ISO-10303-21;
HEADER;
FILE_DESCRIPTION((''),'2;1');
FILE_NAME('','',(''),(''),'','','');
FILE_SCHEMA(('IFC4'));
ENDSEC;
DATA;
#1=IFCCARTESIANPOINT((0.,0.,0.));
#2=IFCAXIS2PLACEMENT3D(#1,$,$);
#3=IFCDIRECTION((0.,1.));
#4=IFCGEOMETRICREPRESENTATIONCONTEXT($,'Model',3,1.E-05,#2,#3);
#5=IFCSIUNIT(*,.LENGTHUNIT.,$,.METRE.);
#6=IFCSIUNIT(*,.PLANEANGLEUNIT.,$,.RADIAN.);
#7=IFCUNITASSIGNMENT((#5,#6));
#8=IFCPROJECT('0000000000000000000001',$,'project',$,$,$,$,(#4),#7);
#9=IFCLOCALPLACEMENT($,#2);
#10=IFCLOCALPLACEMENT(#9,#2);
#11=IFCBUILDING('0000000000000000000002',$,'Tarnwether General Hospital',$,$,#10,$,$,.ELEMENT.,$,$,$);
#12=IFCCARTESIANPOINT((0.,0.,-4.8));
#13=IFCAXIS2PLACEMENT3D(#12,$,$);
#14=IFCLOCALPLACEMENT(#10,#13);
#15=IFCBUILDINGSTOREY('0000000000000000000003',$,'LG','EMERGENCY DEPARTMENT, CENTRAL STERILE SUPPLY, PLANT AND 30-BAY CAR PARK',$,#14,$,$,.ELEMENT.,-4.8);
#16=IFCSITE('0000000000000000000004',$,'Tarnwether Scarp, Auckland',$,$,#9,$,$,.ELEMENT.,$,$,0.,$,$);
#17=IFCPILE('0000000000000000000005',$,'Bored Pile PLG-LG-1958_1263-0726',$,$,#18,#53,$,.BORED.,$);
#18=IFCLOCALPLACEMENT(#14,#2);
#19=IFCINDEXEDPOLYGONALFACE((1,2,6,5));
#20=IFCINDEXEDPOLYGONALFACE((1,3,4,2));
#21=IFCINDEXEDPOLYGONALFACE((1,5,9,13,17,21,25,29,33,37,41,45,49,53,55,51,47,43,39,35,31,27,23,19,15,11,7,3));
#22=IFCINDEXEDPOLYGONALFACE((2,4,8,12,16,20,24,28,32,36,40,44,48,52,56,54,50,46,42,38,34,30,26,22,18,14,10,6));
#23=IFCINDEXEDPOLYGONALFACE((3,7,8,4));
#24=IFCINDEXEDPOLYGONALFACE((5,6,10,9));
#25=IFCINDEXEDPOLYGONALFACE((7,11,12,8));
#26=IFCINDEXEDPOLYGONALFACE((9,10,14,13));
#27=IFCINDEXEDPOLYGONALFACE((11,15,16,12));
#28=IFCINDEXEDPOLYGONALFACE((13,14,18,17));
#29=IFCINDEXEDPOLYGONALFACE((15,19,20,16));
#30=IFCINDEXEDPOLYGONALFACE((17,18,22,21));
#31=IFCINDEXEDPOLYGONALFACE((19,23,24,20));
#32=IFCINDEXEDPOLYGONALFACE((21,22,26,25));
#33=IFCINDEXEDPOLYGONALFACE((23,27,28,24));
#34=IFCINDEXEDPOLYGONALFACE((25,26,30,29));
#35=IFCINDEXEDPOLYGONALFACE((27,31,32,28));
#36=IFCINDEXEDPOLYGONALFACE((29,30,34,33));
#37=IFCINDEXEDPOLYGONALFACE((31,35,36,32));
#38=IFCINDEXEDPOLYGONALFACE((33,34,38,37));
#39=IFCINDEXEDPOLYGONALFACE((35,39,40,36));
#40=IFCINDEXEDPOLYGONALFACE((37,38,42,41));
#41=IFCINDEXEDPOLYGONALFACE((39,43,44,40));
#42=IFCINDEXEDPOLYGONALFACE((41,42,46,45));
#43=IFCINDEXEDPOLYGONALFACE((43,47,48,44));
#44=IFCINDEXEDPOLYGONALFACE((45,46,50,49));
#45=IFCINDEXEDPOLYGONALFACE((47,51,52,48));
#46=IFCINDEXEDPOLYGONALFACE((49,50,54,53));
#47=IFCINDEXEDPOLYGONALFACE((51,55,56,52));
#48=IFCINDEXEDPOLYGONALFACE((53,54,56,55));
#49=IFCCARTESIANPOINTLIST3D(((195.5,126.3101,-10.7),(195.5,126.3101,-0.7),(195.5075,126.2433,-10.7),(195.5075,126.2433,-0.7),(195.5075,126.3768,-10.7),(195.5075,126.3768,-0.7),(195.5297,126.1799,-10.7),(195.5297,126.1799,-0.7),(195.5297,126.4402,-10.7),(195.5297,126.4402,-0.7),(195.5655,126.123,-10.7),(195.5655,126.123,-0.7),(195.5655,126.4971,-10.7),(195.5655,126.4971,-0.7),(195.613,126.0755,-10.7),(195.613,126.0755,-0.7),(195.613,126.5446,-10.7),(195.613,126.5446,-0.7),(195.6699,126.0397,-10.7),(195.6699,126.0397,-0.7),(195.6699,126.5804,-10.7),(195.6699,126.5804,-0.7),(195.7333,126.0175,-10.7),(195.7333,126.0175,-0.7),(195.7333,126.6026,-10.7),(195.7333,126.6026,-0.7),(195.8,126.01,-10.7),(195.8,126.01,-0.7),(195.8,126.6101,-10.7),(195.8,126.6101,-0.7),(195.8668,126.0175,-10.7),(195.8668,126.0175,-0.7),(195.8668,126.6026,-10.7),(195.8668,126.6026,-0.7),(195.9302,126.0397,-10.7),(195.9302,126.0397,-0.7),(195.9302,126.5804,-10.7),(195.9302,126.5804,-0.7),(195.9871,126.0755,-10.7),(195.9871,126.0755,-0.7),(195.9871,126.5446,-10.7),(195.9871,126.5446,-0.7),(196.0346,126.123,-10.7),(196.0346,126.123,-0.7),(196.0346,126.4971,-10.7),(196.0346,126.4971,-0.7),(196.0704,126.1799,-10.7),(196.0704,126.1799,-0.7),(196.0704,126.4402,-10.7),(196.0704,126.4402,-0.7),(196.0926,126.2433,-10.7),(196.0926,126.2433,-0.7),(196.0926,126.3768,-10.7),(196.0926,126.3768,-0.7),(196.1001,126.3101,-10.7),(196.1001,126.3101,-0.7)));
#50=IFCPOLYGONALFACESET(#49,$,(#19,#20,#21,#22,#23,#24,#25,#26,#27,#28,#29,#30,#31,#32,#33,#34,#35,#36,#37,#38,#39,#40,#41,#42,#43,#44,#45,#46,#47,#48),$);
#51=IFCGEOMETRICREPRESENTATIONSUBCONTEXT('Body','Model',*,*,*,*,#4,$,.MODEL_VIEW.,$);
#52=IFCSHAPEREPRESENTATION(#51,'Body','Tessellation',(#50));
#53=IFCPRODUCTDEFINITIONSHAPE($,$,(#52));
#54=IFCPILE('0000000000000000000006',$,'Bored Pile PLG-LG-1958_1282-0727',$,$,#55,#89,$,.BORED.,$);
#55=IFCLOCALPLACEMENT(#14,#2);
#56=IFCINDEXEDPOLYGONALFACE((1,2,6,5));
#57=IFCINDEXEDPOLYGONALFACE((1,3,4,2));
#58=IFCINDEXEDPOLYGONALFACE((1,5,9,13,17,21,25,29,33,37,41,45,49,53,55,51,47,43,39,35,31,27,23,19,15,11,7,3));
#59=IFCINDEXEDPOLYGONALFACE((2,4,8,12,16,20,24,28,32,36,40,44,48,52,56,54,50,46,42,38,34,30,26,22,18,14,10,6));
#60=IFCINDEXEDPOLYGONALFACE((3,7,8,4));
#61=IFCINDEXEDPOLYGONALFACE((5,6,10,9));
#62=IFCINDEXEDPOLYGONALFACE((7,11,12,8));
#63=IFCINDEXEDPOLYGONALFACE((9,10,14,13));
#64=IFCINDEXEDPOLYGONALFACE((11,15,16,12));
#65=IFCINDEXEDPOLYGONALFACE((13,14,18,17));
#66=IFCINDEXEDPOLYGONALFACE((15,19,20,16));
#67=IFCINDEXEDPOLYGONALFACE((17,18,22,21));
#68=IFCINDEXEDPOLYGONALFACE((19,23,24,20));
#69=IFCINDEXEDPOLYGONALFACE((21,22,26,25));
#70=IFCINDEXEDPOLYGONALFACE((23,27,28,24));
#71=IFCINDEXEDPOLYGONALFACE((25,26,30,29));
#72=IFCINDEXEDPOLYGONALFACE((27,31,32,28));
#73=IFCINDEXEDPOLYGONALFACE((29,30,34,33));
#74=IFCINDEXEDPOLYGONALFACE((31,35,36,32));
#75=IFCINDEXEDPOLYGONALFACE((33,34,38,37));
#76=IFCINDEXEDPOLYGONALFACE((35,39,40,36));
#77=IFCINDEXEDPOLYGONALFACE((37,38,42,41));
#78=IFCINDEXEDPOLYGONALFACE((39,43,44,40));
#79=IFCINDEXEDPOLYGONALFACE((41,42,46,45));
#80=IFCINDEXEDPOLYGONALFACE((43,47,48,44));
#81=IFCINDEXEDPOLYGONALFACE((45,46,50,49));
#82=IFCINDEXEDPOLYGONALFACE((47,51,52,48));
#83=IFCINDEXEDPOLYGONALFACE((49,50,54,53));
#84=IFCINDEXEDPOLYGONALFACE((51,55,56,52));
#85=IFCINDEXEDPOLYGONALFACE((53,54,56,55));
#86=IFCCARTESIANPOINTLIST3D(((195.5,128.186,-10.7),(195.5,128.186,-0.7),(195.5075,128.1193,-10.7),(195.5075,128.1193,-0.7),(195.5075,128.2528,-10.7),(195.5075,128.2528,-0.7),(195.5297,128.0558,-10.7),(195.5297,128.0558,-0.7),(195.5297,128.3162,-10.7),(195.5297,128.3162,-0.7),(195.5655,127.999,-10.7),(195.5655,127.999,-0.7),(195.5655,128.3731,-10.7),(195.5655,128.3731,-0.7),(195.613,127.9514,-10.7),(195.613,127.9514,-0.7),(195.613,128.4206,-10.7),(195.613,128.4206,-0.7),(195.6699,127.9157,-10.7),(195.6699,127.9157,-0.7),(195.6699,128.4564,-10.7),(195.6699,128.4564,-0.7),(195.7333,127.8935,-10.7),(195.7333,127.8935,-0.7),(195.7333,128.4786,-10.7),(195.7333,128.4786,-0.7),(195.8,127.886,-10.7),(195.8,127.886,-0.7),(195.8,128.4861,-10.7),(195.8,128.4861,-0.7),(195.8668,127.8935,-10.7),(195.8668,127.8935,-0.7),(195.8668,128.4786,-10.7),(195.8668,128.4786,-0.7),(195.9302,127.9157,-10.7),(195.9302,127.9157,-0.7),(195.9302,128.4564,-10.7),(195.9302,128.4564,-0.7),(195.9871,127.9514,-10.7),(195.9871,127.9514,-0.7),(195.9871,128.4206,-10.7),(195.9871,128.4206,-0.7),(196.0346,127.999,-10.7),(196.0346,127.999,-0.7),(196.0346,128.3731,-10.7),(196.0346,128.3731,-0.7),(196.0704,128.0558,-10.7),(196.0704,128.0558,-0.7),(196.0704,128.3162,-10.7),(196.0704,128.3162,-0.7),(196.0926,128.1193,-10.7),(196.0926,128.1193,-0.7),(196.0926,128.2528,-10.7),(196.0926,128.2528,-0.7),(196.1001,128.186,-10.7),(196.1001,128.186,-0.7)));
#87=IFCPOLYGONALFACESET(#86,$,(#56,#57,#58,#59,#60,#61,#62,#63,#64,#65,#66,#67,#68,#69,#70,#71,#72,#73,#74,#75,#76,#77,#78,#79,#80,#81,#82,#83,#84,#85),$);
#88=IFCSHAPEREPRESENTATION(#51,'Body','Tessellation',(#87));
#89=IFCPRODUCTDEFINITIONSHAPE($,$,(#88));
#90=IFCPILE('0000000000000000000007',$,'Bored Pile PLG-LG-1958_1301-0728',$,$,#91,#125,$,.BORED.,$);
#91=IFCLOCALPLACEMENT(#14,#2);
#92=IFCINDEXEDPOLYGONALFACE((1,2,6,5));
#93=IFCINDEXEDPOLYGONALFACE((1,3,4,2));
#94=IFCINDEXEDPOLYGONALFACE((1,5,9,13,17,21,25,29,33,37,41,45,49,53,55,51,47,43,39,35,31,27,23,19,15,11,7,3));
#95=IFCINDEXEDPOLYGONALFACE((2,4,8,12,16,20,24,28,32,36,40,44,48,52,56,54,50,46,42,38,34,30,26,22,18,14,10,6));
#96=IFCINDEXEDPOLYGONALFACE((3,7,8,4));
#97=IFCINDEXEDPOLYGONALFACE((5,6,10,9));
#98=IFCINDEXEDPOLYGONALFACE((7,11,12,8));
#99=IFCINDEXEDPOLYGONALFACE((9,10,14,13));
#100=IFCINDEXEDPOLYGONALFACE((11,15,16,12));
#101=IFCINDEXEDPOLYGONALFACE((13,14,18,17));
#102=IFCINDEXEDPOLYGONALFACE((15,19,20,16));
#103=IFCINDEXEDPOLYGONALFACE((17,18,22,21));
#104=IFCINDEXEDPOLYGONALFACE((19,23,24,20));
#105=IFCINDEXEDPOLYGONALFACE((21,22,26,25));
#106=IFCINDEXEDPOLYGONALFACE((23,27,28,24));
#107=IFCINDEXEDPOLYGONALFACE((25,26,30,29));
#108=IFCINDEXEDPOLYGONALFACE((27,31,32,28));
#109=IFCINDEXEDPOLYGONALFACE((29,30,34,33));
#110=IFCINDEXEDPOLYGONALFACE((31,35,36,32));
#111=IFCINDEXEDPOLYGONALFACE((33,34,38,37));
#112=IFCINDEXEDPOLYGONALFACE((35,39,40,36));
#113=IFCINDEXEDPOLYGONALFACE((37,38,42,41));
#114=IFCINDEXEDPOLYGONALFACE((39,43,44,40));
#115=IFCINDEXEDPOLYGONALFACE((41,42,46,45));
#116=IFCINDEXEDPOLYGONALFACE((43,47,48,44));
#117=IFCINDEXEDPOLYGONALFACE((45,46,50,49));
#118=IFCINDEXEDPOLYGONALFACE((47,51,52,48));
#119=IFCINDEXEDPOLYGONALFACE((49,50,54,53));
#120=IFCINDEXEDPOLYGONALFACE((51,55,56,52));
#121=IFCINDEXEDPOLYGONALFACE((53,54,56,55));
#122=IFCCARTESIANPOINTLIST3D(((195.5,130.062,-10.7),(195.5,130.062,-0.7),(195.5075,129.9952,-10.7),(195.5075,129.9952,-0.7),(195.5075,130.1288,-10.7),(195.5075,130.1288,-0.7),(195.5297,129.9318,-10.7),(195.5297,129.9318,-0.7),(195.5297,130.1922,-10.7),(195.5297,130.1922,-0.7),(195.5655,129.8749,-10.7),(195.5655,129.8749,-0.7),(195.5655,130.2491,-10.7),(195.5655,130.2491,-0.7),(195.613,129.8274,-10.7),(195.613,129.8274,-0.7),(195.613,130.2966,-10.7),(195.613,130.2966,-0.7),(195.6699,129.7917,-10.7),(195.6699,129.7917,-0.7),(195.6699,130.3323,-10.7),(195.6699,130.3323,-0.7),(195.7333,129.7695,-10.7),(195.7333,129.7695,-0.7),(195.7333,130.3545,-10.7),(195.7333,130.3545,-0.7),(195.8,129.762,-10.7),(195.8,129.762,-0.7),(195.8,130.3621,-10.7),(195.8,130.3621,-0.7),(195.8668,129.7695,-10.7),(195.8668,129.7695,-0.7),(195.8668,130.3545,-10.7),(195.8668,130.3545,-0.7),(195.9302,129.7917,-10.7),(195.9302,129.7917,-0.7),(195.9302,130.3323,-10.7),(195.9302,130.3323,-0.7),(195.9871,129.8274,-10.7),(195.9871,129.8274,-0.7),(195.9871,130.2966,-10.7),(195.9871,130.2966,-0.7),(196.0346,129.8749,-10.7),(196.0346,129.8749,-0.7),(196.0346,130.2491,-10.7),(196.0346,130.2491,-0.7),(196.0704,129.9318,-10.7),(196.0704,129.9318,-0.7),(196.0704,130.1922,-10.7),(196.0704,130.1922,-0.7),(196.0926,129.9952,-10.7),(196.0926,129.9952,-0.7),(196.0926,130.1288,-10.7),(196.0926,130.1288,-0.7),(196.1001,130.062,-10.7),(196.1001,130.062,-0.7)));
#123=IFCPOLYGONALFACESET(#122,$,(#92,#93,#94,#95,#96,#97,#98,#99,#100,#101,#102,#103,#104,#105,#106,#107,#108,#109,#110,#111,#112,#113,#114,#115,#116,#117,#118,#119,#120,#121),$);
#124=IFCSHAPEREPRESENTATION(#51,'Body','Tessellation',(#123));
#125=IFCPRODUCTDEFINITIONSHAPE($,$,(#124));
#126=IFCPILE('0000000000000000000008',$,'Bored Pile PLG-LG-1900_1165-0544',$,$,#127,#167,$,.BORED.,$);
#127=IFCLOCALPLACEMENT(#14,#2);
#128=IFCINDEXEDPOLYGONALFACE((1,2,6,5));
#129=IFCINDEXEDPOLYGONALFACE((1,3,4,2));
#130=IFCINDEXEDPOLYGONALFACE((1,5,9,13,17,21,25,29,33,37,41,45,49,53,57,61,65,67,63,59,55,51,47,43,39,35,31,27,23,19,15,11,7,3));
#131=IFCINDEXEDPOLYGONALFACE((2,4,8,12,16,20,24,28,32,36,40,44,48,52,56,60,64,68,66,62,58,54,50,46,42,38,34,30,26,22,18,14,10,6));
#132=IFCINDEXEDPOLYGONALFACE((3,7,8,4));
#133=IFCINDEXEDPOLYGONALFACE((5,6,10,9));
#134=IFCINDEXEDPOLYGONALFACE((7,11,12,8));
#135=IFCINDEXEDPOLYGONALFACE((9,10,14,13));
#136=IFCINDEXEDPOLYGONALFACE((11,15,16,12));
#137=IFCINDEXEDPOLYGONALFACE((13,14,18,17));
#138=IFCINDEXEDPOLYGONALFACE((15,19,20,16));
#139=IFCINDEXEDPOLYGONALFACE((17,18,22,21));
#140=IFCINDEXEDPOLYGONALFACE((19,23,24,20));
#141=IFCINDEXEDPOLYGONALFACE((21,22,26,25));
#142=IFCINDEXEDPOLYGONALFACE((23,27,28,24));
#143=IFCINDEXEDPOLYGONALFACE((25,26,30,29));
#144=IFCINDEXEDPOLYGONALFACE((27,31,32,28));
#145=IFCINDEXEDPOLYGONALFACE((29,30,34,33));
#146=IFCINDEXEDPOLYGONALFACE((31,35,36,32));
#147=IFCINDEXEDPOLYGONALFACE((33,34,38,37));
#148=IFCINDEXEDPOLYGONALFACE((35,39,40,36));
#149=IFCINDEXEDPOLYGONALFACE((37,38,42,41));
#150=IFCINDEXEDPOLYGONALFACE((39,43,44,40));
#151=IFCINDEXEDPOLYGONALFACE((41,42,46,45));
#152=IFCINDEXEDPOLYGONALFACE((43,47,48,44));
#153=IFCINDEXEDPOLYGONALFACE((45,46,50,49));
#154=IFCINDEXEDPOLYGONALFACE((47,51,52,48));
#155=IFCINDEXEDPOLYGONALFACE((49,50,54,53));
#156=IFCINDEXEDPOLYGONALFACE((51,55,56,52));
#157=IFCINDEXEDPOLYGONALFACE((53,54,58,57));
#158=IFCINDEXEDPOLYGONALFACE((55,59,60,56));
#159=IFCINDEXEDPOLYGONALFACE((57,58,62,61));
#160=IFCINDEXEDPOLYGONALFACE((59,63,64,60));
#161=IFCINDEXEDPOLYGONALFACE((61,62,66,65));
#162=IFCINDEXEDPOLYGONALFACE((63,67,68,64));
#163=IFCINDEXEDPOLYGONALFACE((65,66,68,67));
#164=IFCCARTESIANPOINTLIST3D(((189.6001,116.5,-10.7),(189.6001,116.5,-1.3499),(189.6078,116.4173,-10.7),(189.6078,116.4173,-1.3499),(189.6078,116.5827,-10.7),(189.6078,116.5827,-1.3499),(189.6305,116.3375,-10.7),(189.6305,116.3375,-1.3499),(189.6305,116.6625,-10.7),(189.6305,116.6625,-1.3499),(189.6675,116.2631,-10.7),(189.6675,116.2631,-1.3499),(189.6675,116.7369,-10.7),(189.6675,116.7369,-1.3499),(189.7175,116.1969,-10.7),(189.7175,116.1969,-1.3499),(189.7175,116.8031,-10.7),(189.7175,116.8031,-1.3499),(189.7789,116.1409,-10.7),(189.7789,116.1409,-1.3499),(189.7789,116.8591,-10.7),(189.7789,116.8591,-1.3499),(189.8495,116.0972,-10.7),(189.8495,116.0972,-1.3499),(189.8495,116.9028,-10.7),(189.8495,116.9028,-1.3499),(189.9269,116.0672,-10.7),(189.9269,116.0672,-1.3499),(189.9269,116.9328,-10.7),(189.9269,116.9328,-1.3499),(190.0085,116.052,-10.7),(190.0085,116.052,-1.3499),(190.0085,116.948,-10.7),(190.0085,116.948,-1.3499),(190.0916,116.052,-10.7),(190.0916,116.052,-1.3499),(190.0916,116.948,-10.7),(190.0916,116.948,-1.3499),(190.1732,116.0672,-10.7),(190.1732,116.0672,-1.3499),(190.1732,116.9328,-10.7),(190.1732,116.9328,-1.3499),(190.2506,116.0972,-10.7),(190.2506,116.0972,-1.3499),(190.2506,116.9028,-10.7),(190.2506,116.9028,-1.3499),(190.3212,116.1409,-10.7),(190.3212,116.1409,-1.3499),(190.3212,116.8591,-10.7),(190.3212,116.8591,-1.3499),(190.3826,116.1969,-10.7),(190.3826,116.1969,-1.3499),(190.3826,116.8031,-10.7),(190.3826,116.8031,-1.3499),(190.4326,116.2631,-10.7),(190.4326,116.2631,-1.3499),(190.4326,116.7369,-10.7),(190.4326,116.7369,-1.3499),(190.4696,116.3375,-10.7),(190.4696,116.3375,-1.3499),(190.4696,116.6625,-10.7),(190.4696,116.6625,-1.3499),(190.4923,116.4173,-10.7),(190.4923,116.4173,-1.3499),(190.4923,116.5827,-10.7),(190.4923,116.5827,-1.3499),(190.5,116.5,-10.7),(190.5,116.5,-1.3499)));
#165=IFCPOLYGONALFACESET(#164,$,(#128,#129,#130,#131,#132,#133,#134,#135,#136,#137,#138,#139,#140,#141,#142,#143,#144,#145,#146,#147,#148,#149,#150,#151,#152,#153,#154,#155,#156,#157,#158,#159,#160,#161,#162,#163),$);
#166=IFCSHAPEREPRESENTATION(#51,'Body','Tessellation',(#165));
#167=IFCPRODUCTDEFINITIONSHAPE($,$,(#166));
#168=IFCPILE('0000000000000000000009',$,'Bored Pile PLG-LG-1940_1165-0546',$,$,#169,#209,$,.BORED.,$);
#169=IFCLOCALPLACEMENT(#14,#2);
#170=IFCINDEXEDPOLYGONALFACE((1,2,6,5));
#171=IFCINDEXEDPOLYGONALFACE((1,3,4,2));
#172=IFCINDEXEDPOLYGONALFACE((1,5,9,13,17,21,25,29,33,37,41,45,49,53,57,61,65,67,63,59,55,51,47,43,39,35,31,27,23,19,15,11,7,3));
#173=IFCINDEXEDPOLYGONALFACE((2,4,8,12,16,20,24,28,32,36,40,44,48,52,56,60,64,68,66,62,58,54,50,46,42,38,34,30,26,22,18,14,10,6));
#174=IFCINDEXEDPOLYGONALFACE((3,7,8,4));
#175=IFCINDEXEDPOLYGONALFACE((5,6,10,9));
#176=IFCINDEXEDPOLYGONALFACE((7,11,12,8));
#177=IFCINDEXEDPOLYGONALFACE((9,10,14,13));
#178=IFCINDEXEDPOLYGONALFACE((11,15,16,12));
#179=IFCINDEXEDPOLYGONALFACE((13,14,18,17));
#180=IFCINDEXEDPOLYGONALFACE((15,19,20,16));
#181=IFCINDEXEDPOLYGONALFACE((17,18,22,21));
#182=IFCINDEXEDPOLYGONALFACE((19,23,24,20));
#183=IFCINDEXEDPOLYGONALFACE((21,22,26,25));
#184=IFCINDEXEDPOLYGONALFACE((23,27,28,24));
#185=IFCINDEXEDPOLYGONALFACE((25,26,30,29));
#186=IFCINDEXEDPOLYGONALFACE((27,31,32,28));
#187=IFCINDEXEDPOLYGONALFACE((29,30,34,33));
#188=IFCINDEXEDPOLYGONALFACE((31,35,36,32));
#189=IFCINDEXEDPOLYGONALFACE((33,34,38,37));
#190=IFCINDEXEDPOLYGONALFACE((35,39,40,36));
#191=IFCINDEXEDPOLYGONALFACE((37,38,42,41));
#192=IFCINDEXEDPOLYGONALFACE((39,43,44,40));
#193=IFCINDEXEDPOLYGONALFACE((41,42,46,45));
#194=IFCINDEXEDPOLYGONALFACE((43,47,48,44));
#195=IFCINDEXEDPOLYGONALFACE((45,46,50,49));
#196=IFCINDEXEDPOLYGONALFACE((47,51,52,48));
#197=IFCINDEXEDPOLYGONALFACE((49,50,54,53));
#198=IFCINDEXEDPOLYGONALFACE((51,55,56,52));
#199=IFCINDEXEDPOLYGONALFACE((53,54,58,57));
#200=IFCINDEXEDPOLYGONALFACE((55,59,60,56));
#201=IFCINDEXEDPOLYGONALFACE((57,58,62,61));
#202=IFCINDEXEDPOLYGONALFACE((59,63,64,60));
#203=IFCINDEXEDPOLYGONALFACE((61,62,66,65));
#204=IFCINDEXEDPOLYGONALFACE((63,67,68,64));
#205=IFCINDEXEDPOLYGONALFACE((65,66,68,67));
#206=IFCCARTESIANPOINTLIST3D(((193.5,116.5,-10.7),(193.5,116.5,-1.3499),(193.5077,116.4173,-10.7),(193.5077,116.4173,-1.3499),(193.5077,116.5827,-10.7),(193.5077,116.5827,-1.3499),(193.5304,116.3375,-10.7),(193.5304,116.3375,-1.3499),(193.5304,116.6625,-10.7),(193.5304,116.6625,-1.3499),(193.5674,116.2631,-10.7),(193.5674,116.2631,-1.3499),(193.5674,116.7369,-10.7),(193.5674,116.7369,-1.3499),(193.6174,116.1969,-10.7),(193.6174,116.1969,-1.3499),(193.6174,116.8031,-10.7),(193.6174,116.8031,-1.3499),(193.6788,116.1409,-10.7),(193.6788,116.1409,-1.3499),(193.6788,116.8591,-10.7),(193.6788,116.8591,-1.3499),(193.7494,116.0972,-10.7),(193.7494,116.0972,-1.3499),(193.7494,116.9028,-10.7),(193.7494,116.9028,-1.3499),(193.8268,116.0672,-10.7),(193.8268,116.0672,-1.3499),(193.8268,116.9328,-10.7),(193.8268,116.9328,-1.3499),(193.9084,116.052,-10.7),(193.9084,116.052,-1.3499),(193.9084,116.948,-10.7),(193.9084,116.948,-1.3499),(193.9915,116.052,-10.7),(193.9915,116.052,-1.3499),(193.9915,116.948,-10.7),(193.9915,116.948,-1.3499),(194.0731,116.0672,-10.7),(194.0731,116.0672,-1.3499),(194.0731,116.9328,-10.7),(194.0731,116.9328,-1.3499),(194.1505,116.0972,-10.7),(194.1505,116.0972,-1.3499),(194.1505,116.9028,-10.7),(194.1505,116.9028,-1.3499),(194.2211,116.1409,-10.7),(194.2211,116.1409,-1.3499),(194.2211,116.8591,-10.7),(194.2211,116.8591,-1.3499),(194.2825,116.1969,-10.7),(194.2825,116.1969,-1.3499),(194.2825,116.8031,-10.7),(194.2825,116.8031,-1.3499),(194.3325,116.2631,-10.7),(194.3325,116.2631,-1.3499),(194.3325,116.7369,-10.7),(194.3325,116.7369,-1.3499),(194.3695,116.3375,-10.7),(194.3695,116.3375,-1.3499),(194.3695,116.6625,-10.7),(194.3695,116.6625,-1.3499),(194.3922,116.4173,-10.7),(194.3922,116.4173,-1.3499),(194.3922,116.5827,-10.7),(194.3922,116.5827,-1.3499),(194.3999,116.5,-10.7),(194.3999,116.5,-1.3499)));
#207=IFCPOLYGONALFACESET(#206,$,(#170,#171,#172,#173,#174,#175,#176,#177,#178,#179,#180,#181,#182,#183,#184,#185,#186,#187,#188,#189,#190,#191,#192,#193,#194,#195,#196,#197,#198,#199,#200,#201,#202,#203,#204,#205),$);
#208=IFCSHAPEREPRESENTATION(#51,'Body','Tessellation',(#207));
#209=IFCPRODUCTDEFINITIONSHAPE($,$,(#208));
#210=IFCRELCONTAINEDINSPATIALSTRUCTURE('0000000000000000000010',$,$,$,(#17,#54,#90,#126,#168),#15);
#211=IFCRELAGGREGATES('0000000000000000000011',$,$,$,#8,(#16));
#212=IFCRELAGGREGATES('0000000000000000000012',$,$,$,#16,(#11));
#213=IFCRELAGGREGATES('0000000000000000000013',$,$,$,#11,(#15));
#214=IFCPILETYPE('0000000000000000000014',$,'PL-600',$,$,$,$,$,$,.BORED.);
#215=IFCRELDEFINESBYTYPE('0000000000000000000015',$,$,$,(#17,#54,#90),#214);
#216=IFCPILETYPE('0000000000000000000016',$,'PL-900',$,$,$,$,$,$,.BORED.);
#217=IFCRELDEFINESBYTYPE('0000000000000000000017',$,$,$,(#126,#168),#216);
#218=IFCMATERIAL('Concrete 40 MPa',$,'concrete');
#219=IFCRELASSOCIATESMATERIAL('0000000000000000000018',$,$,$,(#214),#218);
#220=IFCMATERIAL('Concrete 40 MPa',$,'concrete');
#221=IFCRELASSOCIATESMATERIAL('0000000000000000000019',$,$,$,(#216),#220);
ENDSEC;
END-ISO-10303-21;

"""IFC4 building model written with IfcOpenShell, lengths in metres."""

from ifc_helpers import new_model, si_unit, direction, frame, origin, origin_2d, place, context, subcontext, project, spatial, circle, extrude, material, material_profile, profile_set, type_object, element, save


model = new_model("IFC4")

# Units and contexts
model_context = context("Model", 3, precision=1e-05, world=origin(), true_north=direction((0.0, 1.0)))
body_context = subcontext(model_context, "Body", "Model", "MODEL_VIEW")
ifc_project = project(units=[si_unit("LENGTHUNIT", "METRE"), si_unit("PLANEANGLEUNIT", "RADIAN")], contexts=[model_context])

# Site, building, storey
site_placement = place(None, origin())
site = spatial("IfcSite", under=ifc_project, at=site_placement, Name="Tarnwether Scarp, Auckland", CompositionType="ELEMENT", RefElevation=0.0)
building_placement = place(site_placement, origin())
building = spatial("IfcBuilding", under=site, at=building_placement, Name="Tarnwether General Hospital", CompositionType="ELEMENT")
storey_placement = place(building_placement, frame((0.0, 0.0, -4.8)))
storey = spatial("IfcBuildingStorey", under=building, at=storey_placement, Name="LG", Description="EMERGENCY DEPARTMENT, CENTRAL STERILE SUPPLY, PLANT AND 30-BAY CAR PARK", CompositionType="ELEMENT", Elevation=-4.8)

# Piles
ifc_material_1 = material(Name="Concrete 40 MPa", Category="concrete")
ifc_material_profile_1 = material_profile(ifc_material_1, circle(Radius=0.3, at=origin_2d()), Name="PILE-D600")
ifc_profile_set_1 = profile_set([ifc_material_profile_1], Name="Concrete 40 MPa")
pile_type_1 = type_object("IfcPileType", Name="PL-600", PredefinedType="BORED", material=ifc_profile_set_1)
for number, where, z_axis, x_axis, name in (
    (1, (195.8, 126.3101, -0.7), (0.0, 0.0, -1.0), (1.0, 0.0, 0.0), "Bored Pile PLG-LG-1958_1263-0726"),
    (2, (195.8, 128.186, -0.7), (0.0, 0.0, -1.0), (1.0, 0.0, 0.0), "Bored Pile PLG-LG-1958_1282-0727"),
    (3, (195.8, 130.062, -0.7), (0.0, 0.0, -1.0), (1.0, 0.0, 0.0), "Bored Pile PLG-LG-1958_1301-0728"),
):
    element("IfcPile", number, at=place(storey_placement, frame(where, z_axis=z_axis, x_axis=x_axis)), inside=storey, type_object=pile_type_1, Name=name, PredefinedType="BORED", context=body_context, shape_type="SweptSolid", body=[
        extrude(circle(Radius=0.3, at=origin_2d()), origin(), (0.0, 0.0, 1.0), 10.0),
    ])
ifc_material_2 = material(Name="Concrete 40 MPa", Category="concrete")
ifc_material_profile_2 = material_profile(ifc_material_2, circle(Radius=0.45, at=origin_2d()), Name="PILE-D900")
ifc_profile_set_2 = profile_set([ifc_material_profile_2], Name="Concrete 40 MPa")
pile_type_2 = type_object("IfcPileType", Name="PL-900", PredefinedType="BORED", material=ifc_profile_set_2)
for number, where, z_axis, x_axis, name in (
    (4, (190.05, 116.5, -1.3499), (0.0, 0.0, -1.0), (1.0, 0.0, 0.0), "Bored Pile PLG-LG-1900_1165-0544"),
    (5, (193.95, 116.5, -1.3499), (0.0, 0.0, -1.0), (1.0, 0.0, 0.0), "Bored Pile PLG-LG-1940_1165-0546"),
):
    element("IfcPile", number, at=place(storey_placement, frame(where, z_axis=z_axis, x_axis=x_axis)), inside=storey, type_object=pile_type_2, Name=name, PredefinedType="BORED", context=body_context, shape_type="SweptSolid", body=[
        extrude(circle(Radius=0.45, at=origin_2d()), origin(), (0.0, 0.0, 1.0), 9.3501),
    ])

save(model, "model.ifc")
